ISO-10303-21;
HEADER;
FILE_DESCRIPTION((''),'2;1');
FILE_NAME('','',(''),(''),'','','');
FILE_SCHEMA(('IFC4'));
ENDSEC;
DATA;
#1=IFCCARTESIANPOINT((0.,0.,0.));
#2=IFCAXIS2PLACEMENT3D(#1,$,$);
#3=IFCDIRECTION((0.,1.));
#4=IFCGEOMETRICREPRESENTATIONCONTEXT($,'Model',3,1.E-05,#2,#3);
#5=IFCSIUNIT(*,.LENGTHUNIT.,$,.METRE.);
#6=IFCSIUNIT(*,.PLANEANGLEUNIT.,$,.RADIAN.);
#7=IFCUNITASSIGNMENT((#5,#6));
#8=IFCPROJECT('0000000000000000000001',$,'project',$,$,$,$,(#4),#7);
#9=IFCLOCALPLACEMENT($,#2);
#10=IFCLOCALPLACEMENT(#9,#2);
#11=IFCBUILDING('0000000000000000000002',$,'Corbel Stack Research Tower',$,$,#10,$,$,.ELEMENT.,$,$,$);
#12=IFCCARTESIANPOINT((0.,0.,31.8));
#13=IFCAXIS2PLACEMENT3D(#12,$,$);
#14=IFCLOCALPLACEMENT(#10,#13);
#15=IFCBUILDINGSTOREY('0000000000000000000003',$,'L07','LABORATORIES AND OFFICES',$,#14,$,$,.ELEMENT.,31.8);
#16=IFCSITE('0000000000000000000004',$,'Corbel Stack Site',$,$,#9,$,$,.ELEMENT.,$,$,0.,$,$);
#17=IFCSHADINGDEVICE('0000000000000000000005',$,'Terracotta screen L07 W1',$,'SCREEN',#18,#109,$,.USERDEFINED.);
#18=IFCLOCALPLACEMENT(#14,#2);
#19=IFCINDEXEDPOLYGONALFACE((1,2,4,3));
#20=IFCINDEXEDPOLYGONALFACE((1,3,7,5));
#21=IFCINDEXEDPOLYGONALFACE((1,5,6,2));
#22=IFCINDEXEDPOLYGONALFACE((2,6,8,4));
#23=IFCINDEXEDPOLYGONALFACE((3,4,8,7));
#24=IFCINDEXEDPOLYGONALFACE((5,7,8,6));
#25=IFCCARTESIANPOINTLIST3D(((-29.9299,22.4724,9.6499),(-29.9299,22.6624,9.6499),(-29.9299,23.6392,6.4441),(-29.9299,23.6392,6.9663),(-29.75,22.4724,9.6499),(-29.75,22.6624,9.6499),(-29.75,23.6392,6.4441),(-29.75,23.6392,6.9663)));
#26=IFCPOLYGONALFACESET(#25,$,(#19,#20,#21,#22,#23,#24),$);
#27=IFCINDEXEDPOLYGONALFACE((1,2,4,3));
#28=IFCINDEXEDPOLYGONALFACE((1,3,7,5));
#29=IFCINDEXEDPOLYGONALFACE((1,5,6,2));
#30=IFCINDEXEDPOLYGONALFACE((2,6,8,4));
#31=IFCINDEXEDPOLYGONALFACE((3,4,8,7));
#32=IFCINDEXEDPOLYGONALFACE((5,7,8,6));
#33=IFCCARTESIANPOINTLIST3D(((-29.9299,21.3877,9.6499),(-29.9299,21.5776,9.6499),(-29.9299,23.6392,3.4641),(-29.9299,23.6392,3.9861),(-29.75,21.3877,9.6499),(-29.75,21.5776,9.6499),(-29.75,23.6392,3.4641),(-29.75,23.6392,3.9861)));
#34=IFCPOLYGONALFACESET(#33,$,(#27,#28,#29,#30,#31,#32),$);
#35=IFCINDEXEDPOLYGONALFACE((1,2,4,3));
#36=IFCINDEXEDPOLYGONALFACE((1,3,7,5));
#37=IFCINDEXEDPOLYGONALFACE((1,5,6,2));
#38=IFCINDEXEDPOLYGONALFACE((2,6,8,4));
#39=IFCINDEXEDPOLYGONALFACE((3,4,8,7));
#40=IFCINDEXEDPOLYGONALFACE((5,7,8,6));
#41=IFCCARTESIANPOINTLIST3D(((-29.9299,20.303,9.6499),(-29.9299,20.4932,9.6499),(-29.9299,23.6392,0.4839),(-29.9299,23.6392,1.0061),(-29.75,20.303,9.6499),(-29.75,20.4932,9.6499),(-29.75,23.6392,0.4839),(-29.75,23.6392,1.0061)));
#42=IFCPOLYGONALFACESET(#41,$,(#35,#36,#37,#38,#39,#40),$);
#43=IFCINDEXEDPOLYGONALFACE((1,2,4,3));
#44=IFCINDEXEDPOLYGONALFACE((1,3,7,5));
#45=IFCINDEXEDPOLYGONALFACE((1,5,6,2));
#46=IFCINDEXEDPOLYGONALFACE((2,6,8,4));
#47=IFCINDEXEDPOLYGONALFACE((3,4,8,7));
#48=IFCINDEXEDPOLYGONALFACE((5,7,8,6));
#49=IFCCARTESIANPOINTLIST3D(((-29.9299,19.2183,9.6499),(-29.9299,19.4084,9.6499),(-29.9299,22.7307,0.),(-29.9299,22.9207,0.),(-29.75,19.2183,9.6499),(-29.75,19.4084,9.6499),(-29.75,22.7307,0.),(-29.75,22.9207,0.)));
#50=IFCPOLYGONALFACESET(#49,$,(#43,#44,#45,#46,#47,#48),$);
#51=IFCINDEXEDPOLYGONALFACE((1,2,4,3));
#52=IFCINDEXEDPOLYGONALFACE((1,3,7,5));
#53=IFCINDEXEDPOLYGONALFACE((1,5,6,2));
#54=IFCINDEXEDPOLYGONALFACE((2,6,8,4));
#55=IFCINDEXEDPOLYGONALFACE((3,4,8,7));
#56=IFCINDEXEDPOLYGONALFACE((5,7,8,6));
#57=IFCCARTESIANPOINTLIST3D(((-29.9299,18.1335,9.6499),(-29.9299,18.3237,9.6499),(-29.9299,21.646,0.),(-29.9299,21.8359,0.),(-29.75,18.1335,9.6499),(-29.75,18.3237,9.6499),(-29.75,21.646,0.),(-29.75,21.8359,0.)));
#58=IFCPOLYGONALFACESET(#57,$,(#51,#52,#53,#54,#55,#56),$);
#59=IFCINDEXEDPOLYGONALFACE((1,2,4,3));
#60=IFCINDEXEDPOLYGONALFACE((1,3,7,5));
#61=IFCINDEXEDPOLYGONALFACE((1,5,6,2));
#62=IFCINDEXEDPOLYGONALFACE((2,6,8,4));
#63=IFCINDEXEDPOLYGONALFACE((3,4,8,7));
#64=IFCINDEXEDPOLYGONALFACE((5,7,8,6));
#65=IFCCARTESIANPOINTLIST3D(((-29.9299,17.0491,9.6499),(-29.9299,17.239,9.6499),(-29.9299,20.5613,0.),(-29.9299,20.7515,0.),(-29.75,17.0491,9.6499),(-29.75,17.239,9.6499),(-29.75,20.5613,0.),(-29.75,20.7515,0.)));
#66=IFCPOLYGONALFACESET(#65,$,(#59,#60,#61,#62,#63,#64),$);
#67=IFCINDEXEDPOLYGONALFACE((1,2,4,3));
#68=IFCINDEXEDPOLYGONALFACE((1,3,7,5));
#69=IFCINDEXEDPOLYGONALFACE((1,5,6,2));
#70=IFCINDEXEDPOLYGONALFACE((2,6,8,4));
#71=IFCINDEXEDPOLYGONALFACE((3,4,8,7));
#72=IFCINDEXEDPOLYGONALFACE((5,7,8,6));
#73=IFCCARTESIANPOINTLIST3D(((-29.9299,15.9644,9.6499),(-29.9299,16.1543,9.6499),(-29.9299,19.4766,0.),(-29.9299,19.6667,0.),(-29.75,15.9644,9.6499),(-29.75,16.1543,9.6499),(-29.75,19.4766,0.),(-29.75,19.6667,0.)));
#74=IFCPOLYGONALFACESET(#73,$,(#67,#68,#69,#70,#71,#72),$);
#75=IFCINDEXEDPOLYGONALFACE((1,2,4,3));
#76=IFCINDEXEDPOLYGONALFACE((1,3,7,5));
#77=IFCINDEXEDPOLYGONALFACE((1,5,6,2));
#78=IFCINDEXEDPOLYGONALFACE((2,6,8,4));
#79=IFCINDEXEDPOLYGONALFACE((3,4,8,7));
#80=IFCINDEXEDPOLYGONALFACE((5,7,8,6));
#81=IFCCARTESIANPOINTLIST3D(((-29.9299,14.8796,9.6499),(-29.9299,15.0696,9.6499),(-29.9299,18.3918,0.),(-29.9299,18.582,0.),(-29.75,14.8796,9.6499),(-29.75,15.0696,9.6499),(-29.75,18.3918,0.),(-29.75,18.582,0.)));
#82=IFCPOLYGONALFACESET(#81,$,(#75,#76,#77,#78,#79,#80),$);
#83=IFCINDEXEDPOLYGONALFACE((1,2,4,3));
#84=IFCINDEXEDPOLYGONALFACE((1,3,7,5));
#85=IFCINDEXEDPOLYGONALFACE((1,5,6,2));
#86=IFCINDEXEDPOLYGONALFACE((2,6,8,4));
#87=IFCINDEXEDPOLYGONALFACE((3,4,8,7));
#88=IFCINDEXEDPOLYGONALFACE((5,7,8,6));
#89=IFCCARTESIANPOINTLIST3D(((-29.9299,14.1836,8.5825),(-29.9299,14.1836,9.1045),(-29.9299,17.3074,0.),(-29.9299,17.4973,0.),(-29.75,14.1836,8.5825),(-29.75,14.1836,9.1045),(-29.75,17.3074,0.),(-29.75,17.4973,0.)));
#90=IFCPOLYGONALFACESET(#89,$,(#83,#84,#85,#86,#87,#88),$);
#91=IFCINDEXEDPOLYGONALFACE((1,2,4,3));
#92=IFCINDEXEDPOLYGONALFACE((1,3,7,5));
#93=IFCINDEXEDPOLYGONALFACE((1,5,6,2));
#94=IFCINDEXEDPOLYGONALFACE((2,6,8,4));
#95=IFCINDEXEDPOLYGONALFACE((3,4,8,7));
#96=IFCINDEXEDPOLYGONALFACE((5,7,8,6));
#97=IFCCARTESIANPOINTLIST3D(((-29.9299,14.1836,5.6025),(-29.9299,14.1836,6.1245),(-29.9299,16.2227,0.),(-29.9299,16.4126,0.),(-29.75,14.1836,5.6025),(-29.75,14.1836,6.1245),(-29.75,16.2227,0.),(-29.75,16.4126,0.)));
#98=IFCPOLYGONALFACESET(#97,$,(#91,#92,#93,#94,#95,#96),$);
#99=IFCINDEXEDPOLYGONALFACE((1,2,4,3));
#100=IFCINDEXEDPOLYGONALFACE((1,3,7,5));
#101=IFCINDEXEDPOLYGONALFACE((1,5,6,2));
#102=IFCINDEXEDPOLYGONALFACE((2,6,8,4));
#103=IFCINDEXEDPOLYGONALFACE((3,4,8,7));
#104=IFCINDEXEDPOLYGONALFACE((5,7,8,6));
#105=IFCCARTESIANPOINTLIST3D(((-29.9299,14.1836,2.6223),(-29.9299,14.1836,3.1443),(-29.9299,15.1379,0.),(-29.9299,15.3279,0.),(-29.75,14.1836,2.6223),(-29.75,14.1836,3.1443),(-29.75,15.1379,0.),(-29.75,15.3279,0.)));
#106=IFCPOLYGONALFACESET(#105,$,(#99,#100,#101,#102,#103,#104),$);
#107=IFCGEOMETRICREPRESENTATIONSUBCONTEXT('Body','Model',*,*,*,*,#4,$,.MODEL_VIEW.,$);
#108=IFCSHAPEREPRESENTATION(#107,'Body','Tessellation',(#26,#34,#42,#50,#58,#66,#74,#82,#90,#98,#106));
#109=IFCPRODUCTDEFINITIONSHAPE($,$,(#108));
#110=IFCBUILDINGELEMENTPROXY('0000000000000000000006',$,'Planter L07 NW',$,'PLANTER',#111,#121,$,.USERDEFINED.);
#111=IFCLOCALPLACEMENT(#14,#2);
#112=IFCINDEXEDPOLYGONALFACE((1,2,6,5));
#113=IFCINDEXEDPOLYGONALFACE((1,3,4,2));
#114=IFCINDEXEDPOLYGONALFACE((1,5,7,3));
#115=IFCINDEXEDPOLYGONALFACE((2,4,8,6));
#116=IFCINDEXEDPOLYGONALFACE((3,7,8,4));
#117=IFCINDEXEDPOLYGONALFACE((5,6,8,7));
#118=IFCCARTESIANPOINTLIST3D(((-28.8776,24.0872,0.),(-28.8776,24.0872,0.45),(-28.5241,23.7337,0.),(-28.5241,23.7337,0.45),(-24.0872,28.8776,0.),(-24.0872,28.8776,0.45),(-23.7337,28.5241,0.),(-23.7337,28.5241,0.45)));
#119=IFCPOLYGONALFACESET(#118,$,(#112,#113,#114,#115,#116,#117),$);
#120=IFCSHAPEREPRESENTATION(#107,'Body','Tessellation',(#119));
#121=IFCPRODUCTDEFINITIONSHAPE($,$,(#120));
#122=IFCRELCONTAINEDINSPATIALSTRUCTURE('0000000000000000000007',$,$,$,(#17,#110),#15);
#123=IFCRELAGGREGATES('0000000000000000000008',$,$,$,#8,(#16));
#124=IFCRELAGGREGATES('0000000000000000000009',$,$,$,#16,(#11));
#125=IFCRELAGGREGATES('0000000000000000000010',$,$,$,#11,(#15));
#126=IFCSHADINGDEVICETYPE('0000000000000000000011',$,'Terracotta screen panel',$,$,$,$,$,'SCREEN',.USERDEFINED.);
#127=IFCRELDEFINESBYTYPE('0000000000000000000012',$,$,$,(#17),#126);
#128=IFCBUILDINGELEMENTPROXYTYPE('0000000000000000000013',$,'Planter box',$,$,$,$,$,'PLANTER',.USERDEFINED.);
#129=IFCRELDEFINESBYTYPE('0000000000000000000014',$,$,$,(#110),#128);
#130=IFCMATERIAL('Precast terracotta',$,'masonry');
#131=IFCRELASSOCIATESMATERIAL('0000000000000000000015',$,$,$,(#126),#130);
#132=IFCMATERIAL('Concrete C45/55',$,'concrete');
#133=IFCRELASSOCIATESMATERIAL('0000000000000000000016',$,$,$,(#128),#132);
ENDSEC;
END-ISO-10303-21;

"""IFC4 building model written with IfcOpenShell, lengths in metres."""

from ifc_helpers import new_model, si_unit, direction, frame, origin, origin_2d, place, context, subcontext, project, spatial, polyline, rectangle, outline, extrude, source, transform, mapped, material, type_object, element, save


model = new_model("IFC4")

# Units and contexts
model_context = context("Model", 3, precision=1e-05, world=origin(), true_north=direction((0.0, 1.0)))
body_context = subcontext(model_context, "Body", "Model", "MODEL_VIEW")
ifc_project = project(units=[si_unit("LENGTHUNIT", "METRE"), si_unit("PLANEANGLEUNIT", "RADIAN")], contexts=[model_context])

# Site, building, storey
site_placement = place(None, origin())
site = spatial("IfcSite", under=ifc_project, at=site_placement, Name="Corbel Stack Site", CompositionType="ELEMENT", RefElevation=0.0)
building_placement = place(site_placement, origin())
building = spatial("IfcBuilding", under=site, at=building_placement, Name="Corbel Stack Research Tower", CompositionType="ELEMENT")
storey_placement = place(building_placement, frame((0.0, 0.0, 31.8)))
storey = spatial("IfcBuildingStorey", under=building, at=storey_placement, Name="L07", Description="LABORATORIES AND OFFICES", CompositionType="ELEMENT", Elevation=31.8)

# Shading device
ifc_material_1 = material(Name="Precast terracotta", Category="masonry")
shading_device_type = type_object("IfcShadingDeviceType", Name="Terracotta screen panel", ElementType="SCREEN", PredefinedType="USERDEFINED", material=ifc_material_1)
shared_shape_1 = source(origin(), body_context, "Body", "SweptSolid", [
    extrude(outline(polyline([(1.1667, 9.6499), (0.9768, 9.6499), (0.0, 6.9663), (0.0, 6.4441), (1.1667, 9.6499)])), frame((0.0, 0.0, 0.0), z_axis=(0.0, -1.0, 0.0), x_axis=(1.0, 0.0, 0.0)), (0.0, 0.0, 1.0), 0.1799),
    extrude(outline(polyline([(2.2515, 9.6499), (2.0615, 9.6499), (0.0, 3.9861), (0.0, 3.4641), (2.2515, 9.6499)])), frame((0.0, 0.0, 0.0), z_axis=(0.0, -1.0, 0.0), x_axis=(1.0, 0.0, 0.0)), (0.0, 0.0, 1.0), 0.1799),
    extrude(outline(polyline([(3.3362, 9.6499), (3.146, 9.6499), (0.0, 1.0061), (0.0, 0.4839), (3.3362, 9.6499)])), frame((0.0, 0.0, 0.0), z_axis=(0.0, -1.0, 0.0), x_axis=(1.0, 0.0, 0.0)), (0.0, 0.0, 1.0), 0.1799),
    extrude(outline(polyline([(0.9084, 0.0), (4.4209, 9.6499), (4.2307, 9.6499), (0.7185, 0.0), (0.9084, 0.0)])), frame((0.0, 0.0, 0.0), z_axis=(0.0, -1.0, 0.0), x_axis=(1.0, 0.0, 0.0)), (0.0, 0.0, 1.0), 0.1799),
    extrude(outline(polyline([(1.9932, 0.0), (5.5056, 9.6499), (5.3154, 9.6499), (1.8032, 0.0), (1.9932, 0.0)])), frame((0.0, 0.0, 0.0), z_axis=(0.0, -1.0, 0.0), x_axis=(1.0, 0.0, 0.0)), (0.0, 0.0, 1.0), 0.1799),
    extrude(outline(polyline([(3.0779, 0.0), (6.5901, 9.6499), (6.4001, 9.6499), (2.8877, 0.0), (3.0779, 0.0)])), frame((0.0, 0.0, 0.0), z_axis=(0.0, -1.0, 0.0), x_axis=(1.0, 0.0, 0.0)), (0.0, 0.0, 1.0), 0.1799),
    extrude(outline(polyline([(4.1626, 0.0), (7.6748, 9.6499), (7.4849, 9.6499), (3.9724, 0.0), (4.1626, 0.0)])), frame((0.0, 0.0, 0.0), z_axis=(0.0, -1.0, 0.0), x_axis=(1.0, 0.0, 0.0)), (0.0, 0.0, 1.0), 0.1799),
    extrude(outline(polyline([(5.2473, 0.0), (8.7595, 9.6499), (8.5696, 9.6499), (5.0571, 0.0), (5.2473, 0.0)])), frame((0.0, 0.0, 0.0), z_axis=(0.0, -1.0, 0.0), x_axis=(1.0, 0.0, 0.0)), (0.0, 0.0, 1.0), 0.1799),
    extrude(outline(polyline([(6.3318, 0.0), (9.4556, 8.5825), (9.4556, 9.1045), (6.1418, 0.0), (6.3318, 0.0)])), frame((0.0, 0.0, 0.0), z_axis=(0.0, -1.0, 0.0), x_axis=(1.0, 0.0, 0.0)), (0.0, 0.0, 1.0), 0.1799),
    extrude(outline(polyline([(7.4165, 0.0), (9.4556, 5.6025), (9.4556, 6.1245), (7.2266, 0.0), (7.4165, 0.0)])), frame((0.0, 0.0, 0.0), z_axis=(0.0, -1.0, 0.0), x_axis=(1.0, 0.0, 0.0)), (0.0, 0.0, 1.0), 0.1799),
    extrude(outline(polyline([(8.5012, 0.0), (9.4556, 2.6223), (9.4556, 3.1443), (8.3113, 0.0), (8.5012, 0.0)])), frame((0.0, 0.0, 0.0), z_axis=(0.0, -1.0, 0.0), x_axis=(1.0, 0.0, 0.0)), (0.0, 0.0, 1.0), 0.1799),
])
shading_device_1_placement = place(storey_placement, frame((-29.75, 23.6392, 0.0), z_axis=(0.0, 0.0, 1.0), x_axis=(0.0, -1.0, 0.0)))
element("IfcShadingDevice", 1, at=shading_device_1_placement, inside=storey, type_object=shading_device_type, Name="Terracotta screen L07 W1", ObjectType="SCREEN", PredefinedType="USERDEFINED", context=body_context, shape_type="MappedRepresentation", body=[
    mapped(shared_shape_1, transform((0.0, 0.0, 0.0))),
])

# Building element proxy
ifc_material_2 = material(Name="Concrete C45/55", Category="concrete")
building_element_proxy_type = type_object("IfcBuildingElementProxyType", Name="Planter box", ElementType="PLANTER", PredefinedType="USERDEFINED", material=ifc_material_2)
proxy_placement = place(storey_placement, frame((-26.3057, 26.3057, 0.0), z_axis=(0.0, 0.0, 1.0), x_axis=(-0.707107, -0.707107, 0.0)))
element("IfcBuildingElementProxy", 2, at=proxy_placement, inside=storey, type_object=building_element_proxy_type, Name="Planter L07 NW", ObjectType="PLANTER", PredefinedType="USERDEFINED", context=body_context, shape_type="SweptSolid", body=[
    extrude(rectangle(XDim=6.7747, YDim=0.5, at=origin_2d()), origin(), (0.0, 0.0, 1.0), 0.45),
])

save(model, "model.ifc")
